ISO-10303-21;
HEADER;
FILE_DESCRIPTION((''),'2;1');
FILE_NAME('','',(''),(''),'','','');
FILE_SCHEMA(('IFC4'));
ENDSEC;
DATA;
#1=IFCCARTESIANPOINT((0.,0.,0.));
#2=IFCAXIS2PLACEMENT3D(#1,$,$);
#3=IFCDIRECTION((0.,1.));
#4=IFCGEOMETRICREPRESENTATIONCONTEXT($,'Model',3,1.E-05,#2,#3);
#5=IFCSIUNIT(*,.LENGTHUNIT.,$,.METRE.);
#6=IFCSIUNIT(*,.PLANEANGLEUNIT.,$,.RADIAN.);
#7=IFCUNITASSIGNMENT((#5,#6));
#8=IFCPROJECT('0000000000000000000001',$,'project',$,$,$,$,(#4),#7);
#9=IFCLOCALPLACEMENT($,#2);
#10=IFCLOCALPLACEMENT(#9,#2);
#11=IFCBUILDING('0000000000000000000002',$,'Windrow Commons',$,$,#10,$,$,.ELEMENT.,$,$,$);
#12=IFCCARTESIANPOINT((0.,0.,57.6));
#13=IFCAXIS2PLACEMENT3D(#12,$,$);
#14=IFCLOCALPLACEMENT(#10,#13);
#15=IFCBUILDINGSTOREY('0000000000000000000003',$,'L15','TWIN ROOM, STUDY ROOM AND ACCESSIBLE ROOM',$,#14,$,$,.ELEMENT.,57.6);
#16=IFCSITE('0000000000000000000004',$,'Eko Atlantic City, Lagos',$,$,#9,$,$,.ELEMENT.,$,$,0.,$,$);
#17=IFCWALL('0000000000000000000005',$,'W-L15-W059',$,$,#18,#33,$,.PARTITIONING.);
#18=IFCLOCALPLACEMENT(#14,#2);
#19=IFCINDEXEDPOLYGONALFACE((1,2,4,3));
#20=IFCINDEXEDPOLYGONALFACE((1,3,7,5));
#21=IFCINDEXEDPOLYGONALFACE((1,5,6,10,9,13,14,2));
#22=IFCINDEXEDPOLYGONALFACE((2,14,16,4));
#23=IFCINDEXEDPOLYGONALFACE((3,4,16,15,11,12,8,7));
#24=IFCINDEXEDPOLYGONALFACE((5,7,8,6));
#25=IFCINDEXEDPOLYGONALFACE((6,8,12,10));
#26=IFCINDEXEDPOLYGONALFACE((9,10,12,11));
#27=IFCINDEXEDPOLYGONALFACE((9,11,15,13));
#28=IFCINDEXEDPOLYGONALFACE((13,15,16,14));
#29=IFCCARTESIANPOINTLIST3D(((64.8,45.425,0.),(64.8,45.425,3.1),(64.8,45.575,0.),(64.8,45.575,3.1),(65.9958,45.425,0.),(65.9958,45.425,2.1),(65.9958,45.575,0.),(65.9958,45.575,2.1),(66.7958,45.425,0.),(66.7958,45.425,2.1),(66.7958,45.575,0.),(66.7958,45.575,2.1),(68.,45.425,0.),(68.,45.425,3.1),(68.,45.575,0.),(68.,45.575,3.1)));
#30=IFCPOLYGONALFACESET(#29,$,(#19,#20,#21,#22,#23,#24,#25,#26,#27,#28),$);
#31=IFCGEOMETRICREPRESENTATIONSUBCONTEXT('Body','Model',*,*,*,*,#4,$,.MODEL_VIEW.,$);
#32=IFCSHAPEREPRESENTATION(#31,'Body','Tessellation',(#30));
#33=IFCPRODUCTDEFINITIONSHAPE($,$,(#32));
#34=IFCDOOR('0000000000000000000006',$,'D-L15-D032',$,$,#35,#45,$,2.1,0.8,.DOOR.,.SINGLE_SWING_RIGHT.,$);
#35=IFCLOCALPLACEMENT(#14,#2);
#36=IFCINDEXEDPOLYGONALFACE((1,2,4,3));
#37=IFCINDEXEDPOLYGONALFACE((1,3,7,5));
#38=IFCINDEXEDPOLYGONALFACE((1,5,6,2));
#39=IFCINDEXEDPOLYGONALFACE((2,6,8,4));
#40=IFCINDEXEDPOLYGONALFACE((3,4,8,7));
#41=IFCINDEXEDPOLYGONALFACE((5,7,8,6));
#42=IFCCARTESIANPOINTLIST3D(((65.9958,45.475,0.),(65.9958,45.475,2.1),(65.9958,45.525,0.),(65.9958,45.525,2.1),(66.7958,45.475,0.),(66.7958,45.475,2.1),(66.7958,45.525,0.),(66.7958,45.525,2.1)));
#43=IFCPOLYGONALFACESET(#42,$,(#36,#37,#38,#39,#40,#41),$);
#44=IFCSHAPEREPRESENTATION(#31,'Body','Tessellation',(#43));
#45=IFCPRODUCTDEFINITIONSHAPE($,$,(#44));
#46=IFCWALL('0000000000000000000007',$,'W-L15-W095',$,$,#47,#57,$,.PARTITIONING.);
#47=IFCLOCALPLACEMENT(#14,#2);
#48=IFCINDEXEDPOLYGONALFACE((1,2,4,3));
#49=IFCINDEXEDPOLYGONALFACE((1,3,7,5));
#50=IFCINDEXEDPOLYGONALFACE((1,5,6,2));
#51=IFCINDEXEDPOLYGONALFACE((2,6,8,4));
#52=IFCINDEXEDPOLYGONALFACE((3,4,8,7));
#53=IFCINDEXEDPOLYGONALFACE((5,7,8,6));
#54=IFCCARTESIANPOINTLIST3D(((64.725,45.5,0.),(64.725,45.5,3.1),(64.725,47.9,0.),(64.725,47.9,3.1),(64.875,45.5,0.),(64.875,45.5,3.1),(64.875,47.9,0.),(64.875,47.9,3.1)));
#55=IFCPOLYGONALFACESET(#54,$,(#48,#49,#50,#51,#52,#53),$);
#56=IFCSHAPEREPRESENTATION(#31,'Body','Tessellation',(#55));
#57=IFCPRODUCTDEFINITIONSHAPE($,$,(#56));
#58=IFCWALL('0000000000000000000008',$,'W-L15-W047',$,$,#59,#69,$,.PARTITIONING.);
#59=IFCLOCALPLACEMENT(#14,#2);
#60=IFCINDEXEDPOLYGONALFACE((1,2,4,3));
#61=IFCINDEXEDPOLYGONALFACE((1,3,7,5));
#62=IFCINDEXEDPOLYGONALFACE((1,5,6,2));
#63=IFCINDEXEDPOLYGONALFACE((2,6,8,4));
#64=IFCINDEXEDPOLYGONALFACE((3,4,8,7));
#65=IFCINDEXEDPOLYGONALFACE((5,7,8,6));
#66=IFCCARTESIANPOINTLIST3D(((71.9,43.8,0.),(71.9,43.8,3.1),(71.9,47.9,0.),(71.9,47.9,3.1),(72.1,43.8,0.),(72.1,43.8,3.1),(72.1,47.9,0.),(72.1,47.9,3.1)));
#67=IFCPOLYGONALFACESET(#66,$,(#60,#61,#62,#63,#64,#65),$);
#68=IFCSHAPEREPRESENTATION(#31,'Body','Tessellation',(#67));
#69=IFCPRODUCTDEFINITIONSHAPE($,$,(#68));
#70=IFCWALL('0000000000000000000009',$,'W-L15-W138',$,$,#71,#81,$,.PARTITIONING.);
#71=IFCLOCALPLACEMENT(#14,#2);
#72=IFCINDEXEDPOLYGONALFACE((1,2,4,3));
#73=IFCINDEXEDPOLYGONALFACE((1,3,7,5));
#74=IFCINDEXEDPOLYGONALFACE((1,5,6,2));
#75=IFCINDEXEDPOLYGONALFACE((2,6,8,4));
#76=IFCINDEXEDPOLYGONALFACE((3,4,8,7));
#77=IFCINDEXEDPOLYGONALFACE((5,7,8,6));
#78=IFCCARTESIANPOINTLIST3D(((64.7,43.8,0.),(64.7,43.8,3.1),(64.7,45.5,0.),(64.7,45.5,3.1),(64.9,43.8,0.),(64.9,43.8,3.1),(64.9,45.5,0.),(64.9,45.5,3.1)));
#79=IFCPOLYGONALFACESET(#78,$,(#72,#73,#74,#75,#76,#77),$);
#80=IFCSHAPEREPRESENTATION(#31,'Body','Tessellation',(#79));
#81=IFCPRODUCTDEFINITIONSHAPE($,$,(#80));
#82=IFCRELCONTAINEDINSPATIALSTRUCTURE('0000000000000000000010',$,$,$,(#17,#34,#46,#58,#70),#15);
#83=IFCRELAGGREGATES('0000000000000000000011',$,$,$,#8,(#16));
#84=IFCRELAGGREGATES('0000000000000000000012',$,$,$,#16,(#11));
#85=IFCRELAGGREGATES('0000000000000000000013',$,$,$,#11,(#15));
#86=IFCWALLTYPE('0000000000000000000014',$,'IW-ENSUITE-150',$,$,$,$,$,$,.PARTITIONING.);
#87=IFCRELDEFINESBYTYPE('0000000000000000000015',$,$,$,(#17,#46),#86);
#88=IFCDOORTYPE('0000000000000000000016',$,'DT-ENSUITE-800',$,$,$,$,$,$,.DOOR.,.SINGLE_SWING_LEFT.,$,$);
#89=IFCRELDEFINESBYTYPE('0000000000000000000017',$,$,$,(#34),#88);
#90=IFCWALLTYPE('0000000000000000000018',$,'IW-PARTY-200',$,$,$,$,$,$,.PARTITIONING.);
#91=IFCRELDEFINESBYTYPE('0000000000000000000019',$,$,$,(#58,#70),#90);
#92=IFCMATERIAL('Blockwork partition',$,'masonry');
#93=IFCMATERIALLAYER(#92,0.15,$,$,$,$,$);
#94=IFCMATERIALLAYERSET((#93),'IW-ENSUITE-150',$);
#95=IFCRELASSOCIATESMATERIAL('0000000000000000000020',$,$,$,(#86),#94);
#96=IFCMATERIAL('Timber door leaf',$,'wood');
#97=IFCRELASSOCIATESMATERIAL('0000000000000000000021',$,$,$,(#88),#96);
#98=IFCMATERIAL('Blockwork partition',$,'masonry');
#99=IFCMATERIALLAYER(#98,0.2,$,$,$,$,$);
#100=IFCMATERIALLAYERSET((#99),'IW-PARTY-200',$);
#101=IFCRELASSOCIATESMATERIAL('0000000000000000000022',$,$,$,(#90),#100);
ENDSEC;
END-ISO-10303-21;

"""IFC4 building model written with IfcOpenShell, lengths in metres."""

from ifc_helpers import new_model, si_unit, direction, frame, frame_2d, origin, place, context, subcontext, project, spatial, rectangle, extrude, material, layer, layer_set, type_object, element, fill, save


model = new_model("IFC4")

# Units and contexts
model_context = context("Model", 3, precision=1e-05, world=origin(), true_north=direction((0.0, 1.0)))
body_context = subcontext(model_context, "Body", "Model", "MODEL_VIEW")
ifc_project = project(units=[si_unit("LENGTHUNIT", "METRE"), si_unit("PLANEANGLEUNIT", "RADIAN")], contexts=[model_context])

# Site, building, storey
site_placement = place(None, origin())
site = spatial("IfcSite", under=ifc_project, at=site_placement, Name="Eko Atlantic City, Lagos", CompositionType="ELEMENT", RefElevation=0.0)
building_placement = place(site_placement, origin())
building = spatial("IfcBuilding", under=site, at=building_placement, Name="Windrow Commons", CompositionType="ELEMENT")
storey_placement = place(building_placement, frame((0.0, 0.0, 57.6)))
storey = spatial("IfcBuildingStorey", under=building, at=storey_placement, Name="L15", Description="TWIN ROOM, STUDY ROOM AND ACCESSIBLE ROOM", CompositionType="ELEMENT", Elevation=57.6)

# Wall, opening, door
ifc_material_1 = material(Name="Blockwork partition", Category="masonry")
ifc_layer_1 = layer(ifc_material_1, 0.15)
ifc_layer_set_1 = layer_set([ifc_layer_1], Name="IW-ENSUITE-150")
wall_type_1 = type_object("IfcWallType", Name="IW-ENSUITE-150", PredefinedType="PARTITIONING", material=ifc_layer_set_1)
wall_1_placement = place(storey_placement, frame((64.8, 45.5, 0.0), z_axis=(0.0, 0.0, 1.0), x_axis=(1.0, 0.0, 0.0)))
wall_1 = element("IfcWall", 1, at=wall_1_placement, inside=storey, type_object=wall_type_1, Name="W-L15-W059", PredefinedType="PARTITIONING", context=body_context, shape_type="SweptSolid", body=[
    extrude(rectangle(XDim=3.2, YDim=0.15, at=frame_2d((1.6, 0.0))), origin(), (0.0, 0.0, 1.0), 3.1),
])
opening_1_placement = place(wall_1_placement, frame((1.1958, 0.0, 0.0)))
opening_1 = element("IfcOpeningElement", 2, at=opening_1_placement, cuts=wall_1, PredefinedType="OPENING", context=body_context, shape_type="SweptSolid", body=[
    extrude(rectangle(XDim=0.8, YDim=2.1, at=frame_2d((0.4, 1.05))), frame((0.0, 0.085, 0.0), z_axis=(0.0, -1.0, 0.0), x_axis=(1.0, 0.0, 0.0)), (0.0, 0.0, 1.0), 0.17),
])
ifc_material_2 = material(Name="Timber door leaf", Category="wood")
door_type = type_object("IfcDoorType", Name="DT-ENSUITE-800", OperationType="SINGLE_SWING_LEFT", PredefinedType="DOOR", material=ifc_material_2)
door_placement = place(opening_1_placement, origin())
door = element("IfcDoor", 3, at=door_placement, inside=storey, type_object=door_type, Name="D-L15-D032", OperationType="SINGLE_SWING_RIGHT", OverallHeight=2.1, OverallWidth=0.8, PredefinedType="DOOR", context=body_context, shape_type="SweptSolid", body=[
    extrude(rectangle(XDim=0.8, YDim=2.1, at=frame_2d((0.4, 1.05))), frame((0.0, 0.025, 0.0), z_axis=(0.0, -1.0, 0.0), x_axis=(1.0, 0.0, 0.0)), (0.0, 0.0, 1.0), 0.05),
])
fill(opening_1, door)

# Walls
wall_2_placement = place(storey_placement, frame((64.8, 45.5, 0.0), z_axis=(0.0, 0.0, 1.0), x_axis=(0.0, 1.0, 0.0)))
element("IfcWall", 4, at=wall_2_placement, inside=storey, type_object=wall_type_1, Name="W-L15-W095", PredefinedType="PARTITIONING", context=body_context, shape_type="SweptSolid", body=[
    extrude(rectangle(XDim=2.4, YDim=0.15, at=frame_2d((1.2, 0.0))), origin(), (0.0, 0.0, 1.0), 3.1),
])
ifc_material_3 = material(Name="Blockwork partition", Category="masonry")
ifc_layer_2 = layer(ifc_material_3, 0.2)
ifc_layer_set_2 = layer_set([ifc_layer_2], Name="IW-PARTY-200")
wall_type_2 = type_object("IfcWallType", Name="IW-PARTY-200", PredefinedType="PARTITIONING", material=ifc_layer_set_2)
wall_3_placement = place(storey_placement, frame((72.0, 43.8, 0.0), z_axis=(0.0, 0.0, 1.0), x_axis=(0.0, 1.0, 0.0)))
element("IfcWall", 5, at=wall_3_placement, inside=storey, type_object=wall_type_2, Name="W-L15-W047", PredefinedType="PARTITIONING", context=body_context, shape_type="SweptSolid", body=[
    extrude(rectangle(XDim=4.1, YDim=0.2, at=frame_2d((2.05, 0.0))), origin(), (0.0, 0.0, 1.0), 3.1),
])
wall_4_placement = place(storey_placement, frame((64.8, 43.8, 0.0), z_axis=(0.0, 0.0, 1.0), x_axis=(0.0, 1.0, 0.0)))
element("IfcWall", 6, at=wall_4_placement, inside=storey, type_object=wall_type_2, Name="W-L15-W138", PredefinedType="PARTITIONING", context=body_context, shape_type="SweptSolid", body=[
    extrude(rectangle(XDim=1.7, YDim=0.2, at=frame_2d((0.85, 0.0))), origin(), (0.0, 0.0, 1.0), 3.1),
])

save(model, "model.ifc")
